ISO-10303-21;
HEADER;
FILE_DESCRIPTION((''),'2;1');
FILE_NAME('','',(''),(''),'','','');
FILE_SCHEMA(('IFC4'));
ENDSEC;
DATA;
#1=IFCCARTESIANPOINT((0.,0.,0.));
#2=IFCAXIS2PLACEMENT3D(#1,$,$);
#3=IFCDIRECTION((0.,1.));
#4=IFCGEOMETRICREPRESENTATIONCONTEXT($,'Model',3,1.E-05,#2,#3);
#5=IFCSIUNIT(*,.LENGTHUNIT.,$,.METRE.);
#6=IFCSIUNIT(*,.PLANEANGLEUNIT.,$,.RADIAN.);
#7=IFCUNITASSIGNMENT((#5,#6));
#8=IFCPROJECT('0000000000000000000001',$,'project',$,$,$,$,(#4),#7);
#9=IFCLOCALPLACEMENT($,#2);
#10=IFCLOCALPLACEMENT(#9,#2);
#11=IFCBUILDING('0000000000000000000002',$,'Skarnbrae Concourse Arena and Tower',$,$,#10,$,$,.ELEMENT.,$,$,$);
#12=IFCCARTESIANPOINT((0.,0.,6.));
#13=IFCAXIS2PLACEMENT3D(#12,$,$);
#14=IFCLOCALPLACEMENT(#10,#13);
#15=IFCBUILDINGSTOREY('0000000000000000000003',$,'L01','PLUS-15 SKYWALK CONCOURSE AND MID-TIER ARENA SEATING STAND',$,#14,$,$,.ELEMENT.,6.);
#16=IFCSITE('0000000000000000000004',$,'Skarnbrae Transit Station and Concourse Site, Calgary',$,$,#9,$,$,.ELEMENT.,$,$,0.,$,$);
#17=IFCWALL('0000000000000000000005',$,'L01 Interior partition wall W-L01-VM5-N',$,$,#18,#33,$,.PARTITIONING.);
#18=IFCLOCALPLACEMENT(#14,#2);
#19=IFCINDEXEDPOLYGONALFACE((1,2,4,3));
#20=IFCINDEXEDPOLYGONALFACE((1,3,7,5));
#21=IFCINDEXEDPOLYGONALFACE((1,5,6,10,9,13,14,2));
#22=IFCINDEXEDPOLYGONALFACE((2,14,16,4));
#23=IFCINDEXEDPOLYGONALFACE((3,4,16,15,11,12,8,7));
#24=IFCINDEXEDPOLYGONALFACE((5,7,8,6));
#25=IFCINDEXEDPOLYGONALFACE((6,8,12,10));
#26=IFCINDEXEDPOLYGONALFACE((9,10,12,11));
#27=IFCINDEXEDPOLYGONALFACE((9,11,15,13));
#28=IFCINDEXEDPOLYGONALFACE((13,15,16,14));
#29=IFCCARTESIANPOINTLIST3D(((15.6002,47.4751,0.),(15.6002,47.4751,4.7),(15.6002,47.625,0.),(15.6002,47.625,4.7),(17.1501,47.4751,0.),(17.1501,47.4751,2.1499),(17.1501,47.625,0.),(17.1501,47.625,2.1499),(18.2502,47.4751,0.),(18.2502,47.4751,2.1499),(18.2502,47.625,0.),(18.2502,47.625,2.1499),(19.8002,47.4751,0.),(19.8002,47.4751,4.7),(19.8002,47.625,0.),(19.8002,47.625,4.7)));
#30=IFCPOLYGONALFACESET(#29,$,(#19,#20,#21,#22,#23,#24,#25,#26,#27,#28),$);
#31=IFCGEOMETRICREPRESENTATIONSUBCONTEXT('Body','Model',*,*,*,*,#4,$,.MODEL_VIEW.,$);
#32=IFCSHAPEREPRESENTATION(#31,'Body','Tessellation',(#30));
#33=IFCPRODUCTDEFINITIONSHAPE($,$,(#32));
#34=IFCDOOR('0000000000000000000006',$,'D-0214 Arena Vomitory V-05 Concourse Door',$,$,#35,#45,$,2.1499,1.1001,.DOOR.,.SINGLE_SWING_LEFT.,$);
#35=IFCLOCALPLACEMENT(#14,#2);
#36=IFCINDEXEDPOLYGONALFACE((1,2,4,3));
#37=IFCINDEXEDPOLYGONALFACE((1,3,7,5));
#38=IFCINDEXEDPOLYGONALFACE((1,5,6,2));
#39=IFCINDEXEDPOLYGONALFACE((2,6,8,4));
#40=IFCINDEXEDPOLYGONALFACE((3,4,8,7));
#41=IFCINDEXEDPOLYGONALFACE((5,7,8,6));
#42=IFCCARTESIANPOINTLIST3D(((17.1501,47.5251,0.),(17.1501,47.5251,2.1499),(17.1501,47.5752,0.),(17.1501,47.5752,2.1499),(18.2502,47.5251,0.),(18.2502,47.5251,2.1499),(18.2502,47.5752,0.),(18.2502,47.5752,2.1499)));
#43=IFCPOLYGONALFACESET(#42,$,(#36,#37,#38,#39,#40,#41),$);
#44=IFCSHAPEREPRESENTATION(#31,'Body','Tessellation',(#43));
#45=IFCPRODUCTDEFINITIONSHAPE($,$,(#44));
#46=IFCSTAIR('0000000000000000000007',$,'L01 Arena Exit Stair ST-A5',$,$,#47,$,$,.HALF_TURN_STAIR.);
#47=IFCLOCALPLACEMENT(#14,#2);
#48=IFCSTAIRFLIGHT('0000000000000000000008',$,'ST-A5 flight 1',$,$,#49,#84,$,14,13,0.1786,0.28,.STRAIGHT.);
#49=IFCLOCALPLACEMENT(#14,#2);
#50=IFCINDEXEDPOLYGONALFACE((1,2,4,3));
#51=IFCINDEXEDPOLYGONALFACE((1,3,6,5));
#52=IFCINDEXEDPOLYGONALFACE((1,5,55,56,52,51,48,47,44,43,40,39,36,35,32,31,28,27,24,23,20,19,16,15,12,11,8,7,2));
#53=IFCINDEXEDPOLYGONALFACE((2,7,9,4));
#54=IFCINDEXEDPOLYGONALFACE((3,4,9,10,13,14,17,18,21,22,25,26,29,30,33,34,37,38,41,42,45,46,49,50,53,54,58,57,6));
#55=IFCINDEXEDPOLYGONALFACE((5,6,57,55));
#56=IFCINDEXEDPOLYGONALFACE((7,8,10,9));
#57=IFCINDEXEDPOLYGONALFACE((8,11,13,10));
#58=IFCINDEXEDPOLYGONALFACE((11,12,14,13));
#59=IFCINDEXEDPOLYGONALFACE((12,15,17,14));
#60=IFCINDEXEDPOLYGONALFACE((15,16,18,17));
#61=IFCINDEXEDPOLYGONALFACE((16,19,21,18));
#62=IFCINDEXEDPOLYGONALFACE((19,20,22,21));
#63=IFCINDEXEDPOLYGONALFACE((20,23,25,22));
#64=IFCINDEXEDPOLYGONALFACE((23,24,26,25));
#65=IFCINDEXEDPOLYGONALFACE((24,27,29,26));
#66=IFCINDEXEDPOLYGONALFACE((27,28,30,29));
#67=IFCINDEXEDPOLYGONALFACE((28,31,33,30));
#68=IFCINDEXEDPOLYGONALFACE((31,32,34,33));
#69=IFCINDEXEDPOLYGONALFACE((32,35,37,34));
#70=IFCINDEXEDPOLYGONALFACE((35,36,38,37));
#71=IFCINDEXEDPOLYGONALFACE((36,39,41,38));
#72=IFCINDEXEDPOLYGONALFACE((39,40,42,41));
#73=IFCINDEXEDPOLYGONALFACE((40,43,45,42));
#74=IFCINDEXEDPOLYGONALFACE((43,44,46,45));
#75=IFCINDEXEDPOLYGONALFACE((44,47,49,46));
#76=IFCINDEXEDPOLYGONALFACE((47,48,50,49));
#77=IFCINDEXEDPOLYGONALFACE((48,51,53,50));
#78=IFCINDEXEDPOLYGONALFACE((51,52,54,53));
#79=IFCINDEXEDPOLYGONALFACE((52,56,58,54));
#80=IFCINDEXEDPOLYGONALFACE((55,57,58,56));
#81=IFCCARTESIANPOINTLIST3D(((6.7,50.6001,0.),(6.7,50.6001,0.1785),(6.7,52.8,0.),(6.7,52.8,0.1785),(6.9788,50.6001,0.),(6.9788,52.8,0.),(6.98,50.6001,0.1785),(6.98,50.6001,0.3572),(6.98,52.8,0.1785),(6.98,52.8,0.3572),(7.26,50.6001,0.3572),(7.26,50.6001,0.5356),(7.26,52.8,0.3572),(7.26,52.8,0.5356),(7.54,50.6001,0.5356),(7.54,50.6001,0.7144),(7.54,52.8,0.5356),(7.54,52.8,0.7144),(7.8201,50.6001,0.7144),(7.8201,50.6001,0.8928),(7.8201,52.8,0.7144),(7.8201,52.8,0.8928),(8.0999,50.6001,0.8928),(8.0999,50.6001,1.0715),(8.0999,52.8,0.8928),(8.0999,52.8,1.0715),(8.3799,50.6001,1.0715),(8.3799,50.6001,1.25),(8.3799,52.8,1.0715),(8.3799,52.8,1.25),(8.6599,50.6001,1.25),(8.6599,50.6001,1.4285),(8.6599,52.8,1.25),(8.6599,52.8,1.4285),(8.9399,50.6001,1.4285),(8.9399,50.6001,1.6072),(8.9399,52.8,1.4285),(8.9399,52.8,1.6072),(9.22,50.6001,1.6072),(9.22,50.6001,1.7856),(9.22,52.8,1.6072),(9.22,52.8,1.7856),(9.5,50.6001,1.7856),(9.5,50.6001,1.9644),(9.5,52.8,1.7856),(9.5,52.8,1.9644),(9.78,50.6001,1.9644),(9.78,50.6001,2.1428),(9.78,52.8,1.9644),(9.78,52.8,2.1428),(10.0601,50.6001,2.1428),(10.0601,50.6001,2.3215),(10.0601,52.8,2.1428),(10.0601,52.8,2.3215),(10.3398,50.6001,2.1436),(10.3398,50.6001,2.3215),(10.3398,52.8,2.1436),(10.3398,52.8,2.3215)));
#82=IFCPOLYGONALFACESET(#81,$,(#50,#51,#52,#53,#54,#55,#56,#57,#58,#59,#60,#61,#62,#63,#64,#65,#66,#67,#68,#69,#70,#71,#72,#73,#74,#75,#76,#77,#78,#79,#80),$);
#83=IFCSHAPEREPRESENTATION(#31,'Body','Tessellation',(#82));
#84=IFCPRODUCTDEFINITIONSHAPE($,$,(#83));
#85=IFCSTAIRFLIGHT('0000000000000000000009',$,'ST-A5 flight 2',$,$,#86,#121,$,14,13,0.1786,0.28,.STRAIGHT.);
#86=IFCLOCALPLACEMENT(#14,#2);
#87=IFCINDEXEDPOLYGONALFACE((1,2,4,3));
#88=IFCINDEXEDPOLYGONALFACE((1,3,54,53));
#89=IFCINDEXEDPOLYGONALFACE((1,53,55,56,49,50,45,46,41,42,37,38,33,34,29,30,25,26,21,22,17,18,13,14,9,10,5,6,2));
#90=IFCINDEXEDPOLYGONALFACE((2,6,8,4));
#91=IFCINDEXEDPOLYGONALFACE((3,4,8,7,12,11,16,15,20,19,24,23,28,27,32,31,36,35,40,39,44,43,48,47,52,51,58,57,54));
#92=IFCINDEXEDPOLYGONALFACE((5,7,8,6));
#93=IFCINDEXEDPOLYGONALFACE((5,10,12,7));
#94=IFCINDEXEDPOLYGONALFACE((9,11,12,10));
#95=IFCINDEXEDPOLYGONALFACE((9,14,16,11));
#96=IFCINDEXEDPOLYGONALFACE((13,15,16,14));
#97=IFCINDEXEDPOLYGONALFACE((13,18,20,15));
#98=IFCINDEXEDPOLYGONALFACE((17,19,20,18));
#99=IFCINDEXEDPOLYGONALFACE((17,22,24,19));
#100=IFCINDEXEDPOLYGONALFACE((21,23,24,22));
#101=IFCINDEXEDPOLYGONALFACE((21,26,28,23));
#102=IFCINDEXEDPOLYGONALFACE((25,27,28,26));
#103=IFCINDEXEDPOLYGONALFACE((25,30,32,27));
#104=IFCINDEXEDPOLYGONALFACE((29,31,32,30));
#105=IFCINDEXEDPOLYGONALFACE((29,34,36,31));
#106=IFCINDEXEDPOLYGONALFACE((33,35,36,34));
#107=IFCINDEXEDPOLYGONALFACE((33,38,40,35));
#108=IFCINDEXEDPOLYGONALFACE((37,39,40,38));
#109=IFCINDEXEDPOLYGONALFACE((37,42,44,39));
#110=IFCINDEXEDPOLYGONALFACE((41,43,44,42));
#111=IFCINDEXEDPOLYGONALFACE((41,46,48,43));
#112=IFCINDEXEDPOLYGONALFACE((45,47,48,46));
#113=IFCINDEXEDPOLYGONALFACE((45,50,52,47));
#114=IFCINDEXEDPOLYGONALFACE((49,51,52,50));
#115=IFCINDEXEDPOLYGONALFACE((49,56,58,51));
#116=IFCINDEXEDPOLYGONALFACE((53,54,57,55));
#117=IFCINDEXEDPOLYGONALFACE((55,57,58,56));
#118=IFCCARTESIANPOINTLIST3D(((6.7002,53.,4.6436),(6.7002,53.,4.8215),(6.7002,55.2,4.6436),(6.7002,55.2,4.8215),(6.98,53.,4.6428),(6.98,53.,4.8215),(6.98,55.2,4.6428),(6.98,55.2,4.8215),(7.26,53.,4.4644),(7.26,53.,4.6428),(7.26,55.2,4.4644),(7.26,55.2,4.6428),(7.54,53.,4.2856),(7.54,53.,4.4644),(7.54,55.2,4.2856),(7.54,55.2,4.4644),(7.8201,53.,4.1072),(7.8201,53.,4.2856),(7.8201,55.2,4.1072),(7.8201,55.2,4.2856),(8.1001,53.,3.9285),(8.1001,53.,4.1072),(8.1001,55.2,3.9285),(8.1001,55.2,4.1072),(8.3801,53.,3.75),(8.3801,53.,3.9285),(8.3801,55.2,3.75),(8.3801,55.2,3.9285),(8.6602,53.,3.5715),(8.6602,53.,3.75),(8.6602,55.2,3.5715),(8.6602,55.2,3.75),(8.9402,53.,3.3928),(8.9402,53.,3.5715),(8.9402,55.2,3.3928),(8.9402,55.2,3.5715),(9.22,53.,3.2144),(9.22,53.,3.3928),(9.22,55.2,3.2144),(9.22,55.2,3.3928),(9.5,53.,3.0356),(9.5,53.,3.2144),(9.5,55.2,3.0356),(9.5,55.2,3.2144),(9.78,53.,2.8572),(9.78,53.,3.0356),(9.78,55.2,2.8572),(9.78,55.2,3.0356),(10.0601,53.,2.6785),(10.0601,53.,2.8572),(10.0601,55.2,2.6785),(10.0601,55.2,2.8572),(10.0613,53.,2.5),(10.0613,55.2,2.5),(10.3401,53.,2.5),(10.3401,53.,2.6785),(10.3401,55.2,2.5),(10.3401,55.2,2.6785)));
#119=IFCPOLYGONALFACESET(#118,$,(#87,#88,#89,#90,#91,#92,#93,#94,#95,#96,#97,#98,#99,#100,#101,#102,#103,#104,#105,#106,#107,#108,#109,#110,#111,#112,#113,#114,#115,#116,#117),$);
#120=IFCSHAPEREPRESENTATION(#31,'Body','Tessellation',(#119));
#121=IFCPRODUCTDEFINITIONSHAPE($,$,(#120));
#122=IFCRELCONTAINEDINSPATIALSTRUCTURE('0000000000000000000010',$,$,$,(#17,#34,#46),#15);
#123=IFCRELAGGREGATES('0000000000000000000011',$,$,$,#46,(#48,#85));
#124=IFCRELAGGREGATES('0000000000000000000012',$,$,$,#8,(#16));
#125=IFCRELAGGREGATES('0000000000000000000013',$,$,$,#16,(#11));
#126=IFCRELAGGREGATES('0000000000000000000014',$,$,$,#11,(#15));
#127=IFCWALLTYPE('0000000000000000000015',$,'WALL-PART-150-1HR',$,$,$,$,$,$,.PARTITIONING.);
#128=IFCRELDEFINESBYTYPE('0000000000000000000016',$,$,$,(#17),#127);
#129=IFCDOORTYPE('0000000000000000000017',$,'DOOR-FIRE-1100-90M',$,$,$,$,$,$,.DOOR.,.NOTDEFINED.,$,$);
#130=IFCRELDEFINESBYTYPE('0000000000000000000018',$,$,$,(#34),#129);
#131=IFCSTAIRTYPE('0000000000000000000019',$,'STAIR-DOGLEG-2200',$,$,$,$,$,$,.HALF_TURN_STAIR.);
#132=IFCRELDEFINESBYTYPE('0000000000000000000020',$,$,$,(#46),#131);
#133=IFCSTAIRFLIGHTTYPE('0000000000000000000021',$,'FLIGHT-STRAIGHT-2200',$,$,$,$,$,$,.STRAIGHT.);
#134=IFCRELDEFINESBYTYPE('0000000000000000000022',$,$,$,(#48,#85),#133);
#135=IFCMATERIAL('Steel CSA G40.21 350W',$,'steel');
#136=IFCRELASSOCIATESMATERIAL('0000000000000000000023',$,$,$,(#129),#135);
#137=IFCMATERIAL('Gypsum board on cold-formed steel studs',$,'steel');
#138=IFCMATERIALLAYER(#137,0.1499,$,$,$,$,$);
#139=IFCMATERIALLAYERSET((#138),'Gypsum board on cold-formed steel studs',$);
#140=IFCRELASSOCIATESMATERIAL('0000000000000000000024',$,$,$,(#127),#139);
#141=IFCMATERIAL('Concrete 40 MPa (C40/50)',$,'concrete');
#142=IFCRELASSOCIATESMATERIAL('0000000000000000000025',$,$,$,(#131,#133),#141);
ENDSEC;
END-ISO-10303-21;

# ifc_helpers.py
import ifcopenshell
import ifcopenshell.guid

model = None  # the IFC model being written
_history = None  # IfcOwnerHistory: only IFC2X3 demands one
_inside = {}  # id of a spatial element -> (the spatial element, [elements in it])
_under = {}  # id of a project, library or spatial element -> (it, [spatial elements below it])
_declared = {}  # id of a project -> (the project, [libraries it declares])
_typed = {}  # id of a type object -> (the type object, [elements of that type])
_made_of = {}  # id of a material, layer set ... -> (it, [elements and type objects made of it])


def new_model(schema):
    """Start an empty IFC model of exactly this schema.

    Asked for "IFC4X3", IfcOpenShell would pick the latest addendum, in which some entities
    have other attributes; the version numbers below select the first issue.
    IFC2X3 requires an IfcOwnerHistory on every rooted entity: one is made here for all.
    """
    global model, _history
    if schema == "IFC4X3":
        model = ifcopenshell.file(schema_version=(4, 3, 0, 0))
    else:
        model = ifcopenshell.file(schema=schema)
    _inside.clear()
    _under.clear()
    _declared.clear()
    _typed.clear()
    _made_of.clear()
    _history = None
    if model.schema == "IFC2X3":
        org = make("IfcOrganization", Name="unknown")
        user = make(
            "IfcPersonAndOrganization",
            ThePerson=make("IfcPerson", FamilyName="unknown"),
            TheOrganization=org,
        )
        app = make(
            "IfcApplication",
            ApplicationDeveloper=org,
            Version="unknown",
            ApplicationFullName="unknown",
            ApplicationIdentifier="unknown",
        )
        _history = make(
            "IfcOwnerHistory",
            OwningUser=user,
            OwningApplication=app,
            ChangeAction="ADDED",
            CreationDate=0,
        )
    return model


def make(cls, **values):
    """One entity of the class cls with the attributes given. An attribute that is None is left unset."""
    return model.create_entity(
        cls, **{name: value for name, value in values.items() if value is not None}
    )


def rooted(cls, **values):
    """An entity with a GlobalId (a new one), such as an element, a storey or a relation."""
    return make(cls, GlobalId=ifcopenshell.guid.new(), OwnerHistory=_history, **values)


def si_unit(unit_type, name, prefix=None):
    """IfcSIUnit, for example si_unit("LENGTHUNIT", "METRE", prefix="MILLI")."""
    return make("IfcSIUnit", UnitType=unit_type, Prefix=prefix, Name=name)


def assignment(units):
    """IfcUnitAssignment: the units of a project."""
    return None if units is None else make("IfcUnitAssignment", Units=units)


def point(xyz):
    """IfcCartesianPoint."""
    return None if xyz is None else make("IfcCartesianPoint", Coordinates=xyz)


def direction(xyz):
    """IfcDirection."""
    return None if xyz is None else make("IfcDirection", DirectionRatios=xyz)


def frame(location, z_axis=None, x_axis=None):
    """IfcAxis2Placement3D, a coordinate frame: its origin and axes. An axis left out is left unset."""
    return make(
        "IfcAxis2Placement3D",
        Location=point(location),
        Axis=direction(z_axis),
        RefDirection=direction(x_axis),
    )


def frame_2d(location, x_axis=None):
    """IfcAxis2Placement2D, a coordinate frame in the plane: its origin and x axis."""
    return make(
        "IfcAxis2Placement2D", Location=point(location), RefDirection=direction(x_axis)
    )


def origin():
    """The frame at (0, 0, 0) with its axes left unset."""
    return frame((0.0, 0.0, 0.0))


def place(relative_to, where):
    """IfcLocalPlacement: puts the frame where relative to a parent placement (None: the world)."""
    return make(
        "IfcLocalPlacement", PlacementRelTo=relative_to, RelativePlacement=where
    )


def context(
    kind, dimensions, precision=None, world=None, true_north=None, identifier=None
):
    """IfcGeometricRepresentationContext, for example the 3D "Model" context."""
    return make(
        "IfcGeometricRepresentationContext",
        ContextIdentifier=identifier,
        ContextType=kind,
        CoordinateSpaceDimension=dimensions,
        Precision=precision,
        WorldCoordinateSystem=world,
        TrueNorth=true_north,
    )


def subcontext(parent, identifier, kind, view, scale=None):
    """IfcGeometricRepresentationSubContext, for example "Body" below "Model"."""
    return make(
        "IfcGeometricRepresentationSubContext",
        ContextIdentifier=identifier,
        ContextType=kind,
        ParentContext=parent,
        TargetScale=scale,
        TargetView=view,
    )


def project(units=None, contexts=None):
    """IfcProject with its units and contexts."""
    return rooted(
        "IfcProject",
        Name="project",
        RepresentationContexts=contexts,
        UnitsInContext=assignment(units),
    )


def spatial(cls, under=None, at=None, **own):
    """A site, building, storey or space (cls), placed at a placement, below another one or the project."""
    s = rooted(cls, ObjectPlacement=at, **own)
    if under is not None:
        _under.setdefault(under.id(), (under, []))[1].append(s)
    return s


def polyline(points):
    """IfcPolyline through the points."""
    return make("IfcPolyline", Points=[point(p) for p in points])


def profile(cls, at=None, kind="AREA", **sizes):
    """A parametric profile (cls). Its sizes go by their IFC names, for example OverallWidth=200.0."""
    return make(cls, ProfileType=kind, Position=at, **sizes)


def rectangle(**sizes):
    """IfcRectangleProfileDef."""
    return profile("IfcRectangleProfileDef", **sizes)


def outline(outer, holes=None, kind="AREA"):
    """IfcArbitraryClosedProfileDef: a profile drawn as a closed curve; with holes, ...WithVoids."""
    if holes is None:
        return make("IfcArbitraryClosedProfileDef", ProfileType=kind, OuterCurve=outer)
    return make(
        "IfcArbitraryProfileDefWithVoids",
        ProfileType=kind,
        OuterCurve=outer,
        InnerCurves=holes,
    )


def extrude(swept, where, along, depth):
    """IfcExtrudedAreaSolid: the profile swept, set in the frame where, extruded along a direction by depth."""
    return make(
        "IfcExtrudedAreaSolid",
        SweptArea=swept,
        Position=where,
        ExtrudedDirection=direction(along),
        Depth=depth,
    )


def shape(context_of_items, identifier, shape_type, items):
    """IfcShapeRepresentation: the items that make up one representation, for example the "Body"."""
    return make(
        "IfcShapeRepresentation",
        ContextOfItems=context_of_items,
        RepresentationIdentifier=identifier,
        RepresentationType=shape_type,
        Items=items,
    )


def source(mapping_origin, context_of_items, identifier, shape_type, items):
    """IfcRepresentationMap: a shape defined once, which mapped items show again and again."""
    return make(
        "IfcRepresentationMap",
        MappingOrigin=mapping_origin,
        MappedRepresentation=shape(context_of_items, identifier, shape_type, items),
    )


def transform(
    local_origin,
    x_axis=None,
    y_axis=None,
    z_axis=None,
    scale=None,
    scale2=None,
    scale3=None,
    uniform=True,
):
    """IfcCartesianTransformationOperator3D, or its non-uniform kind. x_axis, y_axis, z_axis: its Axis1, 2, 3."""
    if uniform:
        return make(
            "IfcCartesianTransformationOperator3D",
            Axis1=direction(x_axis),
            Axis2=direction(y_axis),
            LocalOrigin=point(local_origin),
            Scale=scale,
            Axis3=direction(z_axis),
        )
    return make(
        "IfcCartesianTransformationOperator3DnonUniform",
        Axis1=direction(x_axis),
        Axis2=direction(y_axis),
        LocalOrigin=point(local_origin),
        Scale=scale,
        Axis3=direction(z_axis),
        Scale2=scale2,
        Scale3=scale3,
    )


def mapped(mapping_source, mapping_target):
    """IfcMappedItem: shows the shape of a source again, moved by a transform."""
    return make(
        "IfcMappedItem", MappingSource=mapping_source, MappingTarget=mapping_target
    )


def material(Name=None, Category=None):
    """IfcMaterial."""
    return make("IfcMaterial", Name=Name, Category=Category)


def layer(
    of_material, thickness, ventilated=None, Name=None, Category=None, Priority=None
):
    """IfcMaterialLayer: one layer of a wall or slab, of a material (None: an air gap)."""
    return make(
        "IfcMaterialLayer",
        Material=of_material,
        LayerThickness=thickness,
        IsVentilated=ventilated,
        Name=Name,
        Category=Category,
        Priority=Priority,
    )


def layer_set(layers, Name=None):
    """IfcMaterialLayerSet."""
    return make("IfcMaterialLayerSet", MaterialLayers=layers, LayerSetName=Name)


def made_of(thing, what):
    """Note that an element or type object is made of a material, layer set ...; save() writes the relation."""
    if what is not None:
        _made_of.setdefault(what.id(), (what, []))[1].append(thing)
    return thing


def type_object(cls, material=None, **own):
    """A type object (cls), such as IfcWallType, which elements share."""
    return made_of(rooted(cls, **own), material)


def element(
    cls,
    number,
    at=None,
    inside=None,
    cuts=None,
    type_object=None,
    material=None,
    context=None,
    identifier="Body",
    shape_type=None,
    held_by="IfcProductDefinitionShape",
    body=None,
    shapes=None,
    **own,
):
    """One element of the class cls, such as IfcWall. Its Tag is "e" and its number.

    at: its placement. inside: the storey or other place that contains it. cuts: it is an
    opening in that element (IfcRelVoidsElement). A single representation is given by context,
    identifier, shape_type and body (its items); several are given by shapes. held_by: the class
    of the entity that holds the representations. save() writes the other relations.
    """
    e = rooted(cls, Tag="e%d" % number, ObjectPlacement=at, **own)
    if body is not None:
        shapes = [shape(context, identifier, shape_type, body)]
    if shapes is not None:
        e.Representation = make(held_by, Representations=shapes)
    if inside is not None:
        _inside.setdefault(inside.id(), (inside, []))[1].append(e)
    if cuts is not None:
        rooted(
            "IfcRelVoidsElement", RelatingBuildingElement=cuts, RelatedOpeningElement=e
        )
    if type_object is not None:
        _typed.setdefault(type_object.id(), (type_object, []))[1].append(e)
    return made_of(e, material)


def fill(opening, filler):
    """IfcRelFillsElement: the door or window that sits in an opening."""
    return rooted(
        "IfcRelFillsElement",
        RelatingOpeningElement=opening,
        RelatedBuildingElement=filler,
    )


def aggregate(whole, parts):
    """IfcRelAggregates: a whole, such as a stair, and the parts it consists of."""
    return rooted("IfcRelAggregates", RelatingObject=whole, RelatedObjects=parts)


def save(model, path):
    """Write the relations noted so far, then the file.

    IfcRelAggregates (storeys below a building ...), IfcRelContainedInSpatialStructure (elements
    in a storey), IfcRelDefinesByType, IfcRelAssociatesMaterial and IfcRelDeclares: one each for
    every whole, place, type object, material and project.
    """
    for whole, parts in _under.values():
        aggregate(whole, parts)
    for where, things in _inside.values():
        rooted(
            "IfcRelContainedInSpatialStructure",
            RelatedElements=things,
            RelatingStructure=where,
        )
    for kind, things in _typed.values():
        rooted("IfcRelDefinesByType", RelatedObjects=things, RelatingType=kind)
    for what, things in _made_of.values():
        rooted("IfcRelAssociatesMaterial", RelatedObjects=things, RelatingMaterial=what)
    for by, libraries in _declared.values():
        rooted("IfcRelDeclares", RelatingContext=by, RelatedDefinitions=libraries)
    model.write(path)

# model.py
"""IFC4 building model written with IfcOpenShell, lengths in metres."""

from ifc_helpers import new_model, si_unit, direction, frame, frame_2d, origin, place, context, subcontext, project, spatial, polyline, rectangle, outline, extrude, source, transform, mapped, material, layer, layer_set, type_object, element, fill, aggregate, save


model = new_model("IFC4")

# Units and contexts
model_context = context("Model", 3, precision=1e-05, world=origin(), true_north=direction((0.0, 1.0)))
body_context = subcontext(model_context, "Body", "Model", "MODEL_VIEW")
ifc_project = project(units=[si_unit("LENGTHUNIT", "METRE"), si_unit("PLANEANGLEUNIT", "RADIAN")], contexts=[model_context])

# Site, building, storey
site_placement = place(None, origin())
site = spatial("IfcSite", under=ifc_project, at=site_placement, Name="Skarnbrae Transit Station and Concourse Site, Calgary", CompositionType="ELEMENT", RefElevation=0.0)
building_placement = place(site_placement, origin())
building = spatial("IfcBuilding", under=site, at=building_placement, Name="Skarnbrae Concourse Arena and Tower", CompositionType="ELEMENT")
storey_placement = place(building_placement, frame((0.0, 0.0, 6.0)))
storey = spatial("IfcBuildingStorey", under=building, at=storey_placement, Name="L01", Description="PLUS-15 SKYWALK CONCOURSE AND MID-TIER ARENA SEATING STAND", CompositionType="ELEMENT", Elevation=6.0)

# Shared definitions
ifc_material_1 = material(Name="Steel CSA G40.21 350W", Category="steel")

# Shared definitions
door_type = type_object("IfcDoorType", Name="DOOR-FIRE-1100-90M", OperationType="NOTDEFINED", PredefinedType="DOOR", material=ifc_material_1)
shared_shape_1 = source(origin(), body_context, "Body", "SweptSolid", [
    extrude(rectangle(XDim=1.1001, YDim=2.1499, at=frame_2d((0.55, 1.075))), frame((0.0, 0.0249, 0.0), z_axis=(0.0, -1.0, 0.0), x_axis=(1.0, 0.0, 0.0)), (0.0, 0.0, 1.0), 0.05),
])

# Wall, opening, door
ifc_material_2 = material(Name="Gypsum board on cold-formed steel studs", Category="steel")
ifc_layer_1 = layer(ifc_material_2, 0.1499)
ifc_layer_set_1 = layer_set([ifc_layer_1], Name="Gypsum board on cold-formed steel studs")
wall_type_1 = type_object("IfcWallType", Name="WALL-PART-150-1HR", PredefinedType="PARTITIONING", material=ifc_layer_set_1)
shared_shape_2 = source(origin(), body_context, "Body", "SweptSolid", [
    extrude(rectangle(XDim=4.2, YDim=0.1499, at=frame_2d((2.1001, 0.0))), origin(), (0.0, 0.0, 1.0), 4.7),
])
wall_1_placement = place(storey_placement, frame((15.6001, 47.55, 0.0), z_axis=(0.0, 0.0, 1.0), x_axis=(1.0, 0.0, 0.0)))
wall_1 = element("IfcWall", 1, at=wall_1_placement, inside=storey, type_object=wall_type_1, Name="L01 Interior partition wall W-L01-VM5-N", PredefinedType="PARTITIONING", context=body_context, shape_type="MappedRepresentation", body=[
    mapped(shared_shape_2, transform((0.0, 0.0, 0.0))),
])
opening_1_placement = place(wall_1_placement, frame((1.55, 0.0, 0.0)))
opening_1 = element("IfcOpeningElement", 2, at=opening_1_placement, cuts=wall_1, PredefinedType="OPENING", context=body_context, shape_type="SweptSolid", body=[
    extrude(rectangle(XDim=1.1001, YDim=2.1499, at=frame_2d((0.55, 1.075))), frame((0.0, 0.085, 0.0), z_axis=(0.0, -1.0, 0.0), x_axis=(1.0, 0.0, 0.0)), (0.0, 0.0, 1.0), 0.1699),
])
door_1_placement = place(opening_1_placement, frame((1.1001, 0.0, 0.0), z_axis=(0.0, 0.0, 1.0), x_axis=(-1.0, 0.0, 0.0)))
door_1 = element("IfcDoor", 3, at=door_1_placement, inside=storey, type_object=door_type, Name="D-0214 Arena Vomitory V-05 Concourse Door", OperationType="SINGLE_SWING_LEFT", OverallHeight=2.1499, OverallWidth=1.1001, PredefinedType="DOOR", context=body_context, shape_type="MappedRepresentation", body=[
    mapped(shared_shape_1, transform((0.0, 0.0, 0.0))),
])
fill(opening_1, door_1)

# Stair, stair flights
ifc_material_3 = material(Name="Concrete 40 MPa (C40/50)", Category="concrete")
stair_type = type_object("IfcStairType", Name="STAIR-DOGLEG-2200", PredefinedType="HALF_TURN_STAIR", material=ifc_material_3)
stair_placement = place(storey_placement, origin())
stair = element("IfcStair", 4, at=stair_placement, inside=storey, type_object=stair_type, Name="L01 Arena Exit Stair ST-A5", PredefinedType="HALF_TURN_STAIR")
stair_flight_type = type_object("IfcStairFlightType", Name="FLIGHT-STRAIGHT-2200", PredefinedType="STRAIGHT", material=ifc_material_3)
shared_shape_3 = source(origin(), body_context, "Body", "SweptSolid", [
    extrude(outline(polyline([(0.0, 0.0), (0.0, 0.1785), (0.28, 0.1785), (0.28, 0.3572), (0.5601, 0.3572), (0.5601, 0.5356), (0.8401, 0.5356), (0.8401, 0.7144), (1.1201, 0.7144), (1.1201, 0.8928), (1.3999, 0.8928), (1.3999, 1.0715), (1.6799, 1.0715), (1.6799, 1.25), (1.96, 1.25), (1.96, 1.4285), (2.24, 1.4285), (2.24, 1.6072), (2.52, 1.6072), (2.52, 1.7856), (2.8, 1.7856), (2.8, 1.9644), (3.0801, 1.9644), (3.0801, 2.1428), (3.3601, 2.1428), (3.3601, 2.3215), (3.6399, 2.3215), (3.6399, 2.5), (3.6399, 2.1436), (0.2788, 0.0), (0.0, 0.0)])), frame((0.0, 1.1001, 0.0), z_axis=(0.0, -1.0, 0.0), x_axis=(1.0, 0.0, 0.0)), (0.0, 0.0, 1.0), 2.2),
])
stair_flight_1_placement = place(storey_placement, frame((6.7, 51.7, 0.0), z_axis=(0.0, 0.0, 1.0), x_axis=(1.0, 0.0, 0.0)))
stair_flight_1 = element("IfcStairFlight", 5, at=stair_flight_1_placement, type_object=stair_flight_type, Name="ST-A5 flight 1", NumberOfRisers=14, NumberOfTreads=13, PredefinedType="STRAIGHT", RiserHeight=0.1786, TreadLength=0.28, context=body_context, shape_type="MappedRepresentation", body=[
    mapped(shared_shape_3, transform((0.0, 0.0, 0.0))),
])
stair_flight_2_placement = place(storey_placement, frame((10.3401, 54.1001, 2.5), z_axis=(0.0, 0.0, 1.0), x_axis=(-1.0, 0.0, 0.0)))
stair_flight_2 = element("IfcStairFlight", 6, at=stair_flight_2_placement, type_object=stair_flight_type, Name="ST-A5 flight 2", NumberOfRisers=14, NumberOfTreads=13, PredefinedType="STRAIGHT", RiserHeight=0.1786, TreadLength=0.28, context=body_context, shape_type="MappedRepresentation", body=[
    mapped(shared_shape_3, transform((0.0, 0.0, 0.0))),
])
aggregate(stair, [stair_flight_1, stair_flight_2])

save(model, "model.ifc")
